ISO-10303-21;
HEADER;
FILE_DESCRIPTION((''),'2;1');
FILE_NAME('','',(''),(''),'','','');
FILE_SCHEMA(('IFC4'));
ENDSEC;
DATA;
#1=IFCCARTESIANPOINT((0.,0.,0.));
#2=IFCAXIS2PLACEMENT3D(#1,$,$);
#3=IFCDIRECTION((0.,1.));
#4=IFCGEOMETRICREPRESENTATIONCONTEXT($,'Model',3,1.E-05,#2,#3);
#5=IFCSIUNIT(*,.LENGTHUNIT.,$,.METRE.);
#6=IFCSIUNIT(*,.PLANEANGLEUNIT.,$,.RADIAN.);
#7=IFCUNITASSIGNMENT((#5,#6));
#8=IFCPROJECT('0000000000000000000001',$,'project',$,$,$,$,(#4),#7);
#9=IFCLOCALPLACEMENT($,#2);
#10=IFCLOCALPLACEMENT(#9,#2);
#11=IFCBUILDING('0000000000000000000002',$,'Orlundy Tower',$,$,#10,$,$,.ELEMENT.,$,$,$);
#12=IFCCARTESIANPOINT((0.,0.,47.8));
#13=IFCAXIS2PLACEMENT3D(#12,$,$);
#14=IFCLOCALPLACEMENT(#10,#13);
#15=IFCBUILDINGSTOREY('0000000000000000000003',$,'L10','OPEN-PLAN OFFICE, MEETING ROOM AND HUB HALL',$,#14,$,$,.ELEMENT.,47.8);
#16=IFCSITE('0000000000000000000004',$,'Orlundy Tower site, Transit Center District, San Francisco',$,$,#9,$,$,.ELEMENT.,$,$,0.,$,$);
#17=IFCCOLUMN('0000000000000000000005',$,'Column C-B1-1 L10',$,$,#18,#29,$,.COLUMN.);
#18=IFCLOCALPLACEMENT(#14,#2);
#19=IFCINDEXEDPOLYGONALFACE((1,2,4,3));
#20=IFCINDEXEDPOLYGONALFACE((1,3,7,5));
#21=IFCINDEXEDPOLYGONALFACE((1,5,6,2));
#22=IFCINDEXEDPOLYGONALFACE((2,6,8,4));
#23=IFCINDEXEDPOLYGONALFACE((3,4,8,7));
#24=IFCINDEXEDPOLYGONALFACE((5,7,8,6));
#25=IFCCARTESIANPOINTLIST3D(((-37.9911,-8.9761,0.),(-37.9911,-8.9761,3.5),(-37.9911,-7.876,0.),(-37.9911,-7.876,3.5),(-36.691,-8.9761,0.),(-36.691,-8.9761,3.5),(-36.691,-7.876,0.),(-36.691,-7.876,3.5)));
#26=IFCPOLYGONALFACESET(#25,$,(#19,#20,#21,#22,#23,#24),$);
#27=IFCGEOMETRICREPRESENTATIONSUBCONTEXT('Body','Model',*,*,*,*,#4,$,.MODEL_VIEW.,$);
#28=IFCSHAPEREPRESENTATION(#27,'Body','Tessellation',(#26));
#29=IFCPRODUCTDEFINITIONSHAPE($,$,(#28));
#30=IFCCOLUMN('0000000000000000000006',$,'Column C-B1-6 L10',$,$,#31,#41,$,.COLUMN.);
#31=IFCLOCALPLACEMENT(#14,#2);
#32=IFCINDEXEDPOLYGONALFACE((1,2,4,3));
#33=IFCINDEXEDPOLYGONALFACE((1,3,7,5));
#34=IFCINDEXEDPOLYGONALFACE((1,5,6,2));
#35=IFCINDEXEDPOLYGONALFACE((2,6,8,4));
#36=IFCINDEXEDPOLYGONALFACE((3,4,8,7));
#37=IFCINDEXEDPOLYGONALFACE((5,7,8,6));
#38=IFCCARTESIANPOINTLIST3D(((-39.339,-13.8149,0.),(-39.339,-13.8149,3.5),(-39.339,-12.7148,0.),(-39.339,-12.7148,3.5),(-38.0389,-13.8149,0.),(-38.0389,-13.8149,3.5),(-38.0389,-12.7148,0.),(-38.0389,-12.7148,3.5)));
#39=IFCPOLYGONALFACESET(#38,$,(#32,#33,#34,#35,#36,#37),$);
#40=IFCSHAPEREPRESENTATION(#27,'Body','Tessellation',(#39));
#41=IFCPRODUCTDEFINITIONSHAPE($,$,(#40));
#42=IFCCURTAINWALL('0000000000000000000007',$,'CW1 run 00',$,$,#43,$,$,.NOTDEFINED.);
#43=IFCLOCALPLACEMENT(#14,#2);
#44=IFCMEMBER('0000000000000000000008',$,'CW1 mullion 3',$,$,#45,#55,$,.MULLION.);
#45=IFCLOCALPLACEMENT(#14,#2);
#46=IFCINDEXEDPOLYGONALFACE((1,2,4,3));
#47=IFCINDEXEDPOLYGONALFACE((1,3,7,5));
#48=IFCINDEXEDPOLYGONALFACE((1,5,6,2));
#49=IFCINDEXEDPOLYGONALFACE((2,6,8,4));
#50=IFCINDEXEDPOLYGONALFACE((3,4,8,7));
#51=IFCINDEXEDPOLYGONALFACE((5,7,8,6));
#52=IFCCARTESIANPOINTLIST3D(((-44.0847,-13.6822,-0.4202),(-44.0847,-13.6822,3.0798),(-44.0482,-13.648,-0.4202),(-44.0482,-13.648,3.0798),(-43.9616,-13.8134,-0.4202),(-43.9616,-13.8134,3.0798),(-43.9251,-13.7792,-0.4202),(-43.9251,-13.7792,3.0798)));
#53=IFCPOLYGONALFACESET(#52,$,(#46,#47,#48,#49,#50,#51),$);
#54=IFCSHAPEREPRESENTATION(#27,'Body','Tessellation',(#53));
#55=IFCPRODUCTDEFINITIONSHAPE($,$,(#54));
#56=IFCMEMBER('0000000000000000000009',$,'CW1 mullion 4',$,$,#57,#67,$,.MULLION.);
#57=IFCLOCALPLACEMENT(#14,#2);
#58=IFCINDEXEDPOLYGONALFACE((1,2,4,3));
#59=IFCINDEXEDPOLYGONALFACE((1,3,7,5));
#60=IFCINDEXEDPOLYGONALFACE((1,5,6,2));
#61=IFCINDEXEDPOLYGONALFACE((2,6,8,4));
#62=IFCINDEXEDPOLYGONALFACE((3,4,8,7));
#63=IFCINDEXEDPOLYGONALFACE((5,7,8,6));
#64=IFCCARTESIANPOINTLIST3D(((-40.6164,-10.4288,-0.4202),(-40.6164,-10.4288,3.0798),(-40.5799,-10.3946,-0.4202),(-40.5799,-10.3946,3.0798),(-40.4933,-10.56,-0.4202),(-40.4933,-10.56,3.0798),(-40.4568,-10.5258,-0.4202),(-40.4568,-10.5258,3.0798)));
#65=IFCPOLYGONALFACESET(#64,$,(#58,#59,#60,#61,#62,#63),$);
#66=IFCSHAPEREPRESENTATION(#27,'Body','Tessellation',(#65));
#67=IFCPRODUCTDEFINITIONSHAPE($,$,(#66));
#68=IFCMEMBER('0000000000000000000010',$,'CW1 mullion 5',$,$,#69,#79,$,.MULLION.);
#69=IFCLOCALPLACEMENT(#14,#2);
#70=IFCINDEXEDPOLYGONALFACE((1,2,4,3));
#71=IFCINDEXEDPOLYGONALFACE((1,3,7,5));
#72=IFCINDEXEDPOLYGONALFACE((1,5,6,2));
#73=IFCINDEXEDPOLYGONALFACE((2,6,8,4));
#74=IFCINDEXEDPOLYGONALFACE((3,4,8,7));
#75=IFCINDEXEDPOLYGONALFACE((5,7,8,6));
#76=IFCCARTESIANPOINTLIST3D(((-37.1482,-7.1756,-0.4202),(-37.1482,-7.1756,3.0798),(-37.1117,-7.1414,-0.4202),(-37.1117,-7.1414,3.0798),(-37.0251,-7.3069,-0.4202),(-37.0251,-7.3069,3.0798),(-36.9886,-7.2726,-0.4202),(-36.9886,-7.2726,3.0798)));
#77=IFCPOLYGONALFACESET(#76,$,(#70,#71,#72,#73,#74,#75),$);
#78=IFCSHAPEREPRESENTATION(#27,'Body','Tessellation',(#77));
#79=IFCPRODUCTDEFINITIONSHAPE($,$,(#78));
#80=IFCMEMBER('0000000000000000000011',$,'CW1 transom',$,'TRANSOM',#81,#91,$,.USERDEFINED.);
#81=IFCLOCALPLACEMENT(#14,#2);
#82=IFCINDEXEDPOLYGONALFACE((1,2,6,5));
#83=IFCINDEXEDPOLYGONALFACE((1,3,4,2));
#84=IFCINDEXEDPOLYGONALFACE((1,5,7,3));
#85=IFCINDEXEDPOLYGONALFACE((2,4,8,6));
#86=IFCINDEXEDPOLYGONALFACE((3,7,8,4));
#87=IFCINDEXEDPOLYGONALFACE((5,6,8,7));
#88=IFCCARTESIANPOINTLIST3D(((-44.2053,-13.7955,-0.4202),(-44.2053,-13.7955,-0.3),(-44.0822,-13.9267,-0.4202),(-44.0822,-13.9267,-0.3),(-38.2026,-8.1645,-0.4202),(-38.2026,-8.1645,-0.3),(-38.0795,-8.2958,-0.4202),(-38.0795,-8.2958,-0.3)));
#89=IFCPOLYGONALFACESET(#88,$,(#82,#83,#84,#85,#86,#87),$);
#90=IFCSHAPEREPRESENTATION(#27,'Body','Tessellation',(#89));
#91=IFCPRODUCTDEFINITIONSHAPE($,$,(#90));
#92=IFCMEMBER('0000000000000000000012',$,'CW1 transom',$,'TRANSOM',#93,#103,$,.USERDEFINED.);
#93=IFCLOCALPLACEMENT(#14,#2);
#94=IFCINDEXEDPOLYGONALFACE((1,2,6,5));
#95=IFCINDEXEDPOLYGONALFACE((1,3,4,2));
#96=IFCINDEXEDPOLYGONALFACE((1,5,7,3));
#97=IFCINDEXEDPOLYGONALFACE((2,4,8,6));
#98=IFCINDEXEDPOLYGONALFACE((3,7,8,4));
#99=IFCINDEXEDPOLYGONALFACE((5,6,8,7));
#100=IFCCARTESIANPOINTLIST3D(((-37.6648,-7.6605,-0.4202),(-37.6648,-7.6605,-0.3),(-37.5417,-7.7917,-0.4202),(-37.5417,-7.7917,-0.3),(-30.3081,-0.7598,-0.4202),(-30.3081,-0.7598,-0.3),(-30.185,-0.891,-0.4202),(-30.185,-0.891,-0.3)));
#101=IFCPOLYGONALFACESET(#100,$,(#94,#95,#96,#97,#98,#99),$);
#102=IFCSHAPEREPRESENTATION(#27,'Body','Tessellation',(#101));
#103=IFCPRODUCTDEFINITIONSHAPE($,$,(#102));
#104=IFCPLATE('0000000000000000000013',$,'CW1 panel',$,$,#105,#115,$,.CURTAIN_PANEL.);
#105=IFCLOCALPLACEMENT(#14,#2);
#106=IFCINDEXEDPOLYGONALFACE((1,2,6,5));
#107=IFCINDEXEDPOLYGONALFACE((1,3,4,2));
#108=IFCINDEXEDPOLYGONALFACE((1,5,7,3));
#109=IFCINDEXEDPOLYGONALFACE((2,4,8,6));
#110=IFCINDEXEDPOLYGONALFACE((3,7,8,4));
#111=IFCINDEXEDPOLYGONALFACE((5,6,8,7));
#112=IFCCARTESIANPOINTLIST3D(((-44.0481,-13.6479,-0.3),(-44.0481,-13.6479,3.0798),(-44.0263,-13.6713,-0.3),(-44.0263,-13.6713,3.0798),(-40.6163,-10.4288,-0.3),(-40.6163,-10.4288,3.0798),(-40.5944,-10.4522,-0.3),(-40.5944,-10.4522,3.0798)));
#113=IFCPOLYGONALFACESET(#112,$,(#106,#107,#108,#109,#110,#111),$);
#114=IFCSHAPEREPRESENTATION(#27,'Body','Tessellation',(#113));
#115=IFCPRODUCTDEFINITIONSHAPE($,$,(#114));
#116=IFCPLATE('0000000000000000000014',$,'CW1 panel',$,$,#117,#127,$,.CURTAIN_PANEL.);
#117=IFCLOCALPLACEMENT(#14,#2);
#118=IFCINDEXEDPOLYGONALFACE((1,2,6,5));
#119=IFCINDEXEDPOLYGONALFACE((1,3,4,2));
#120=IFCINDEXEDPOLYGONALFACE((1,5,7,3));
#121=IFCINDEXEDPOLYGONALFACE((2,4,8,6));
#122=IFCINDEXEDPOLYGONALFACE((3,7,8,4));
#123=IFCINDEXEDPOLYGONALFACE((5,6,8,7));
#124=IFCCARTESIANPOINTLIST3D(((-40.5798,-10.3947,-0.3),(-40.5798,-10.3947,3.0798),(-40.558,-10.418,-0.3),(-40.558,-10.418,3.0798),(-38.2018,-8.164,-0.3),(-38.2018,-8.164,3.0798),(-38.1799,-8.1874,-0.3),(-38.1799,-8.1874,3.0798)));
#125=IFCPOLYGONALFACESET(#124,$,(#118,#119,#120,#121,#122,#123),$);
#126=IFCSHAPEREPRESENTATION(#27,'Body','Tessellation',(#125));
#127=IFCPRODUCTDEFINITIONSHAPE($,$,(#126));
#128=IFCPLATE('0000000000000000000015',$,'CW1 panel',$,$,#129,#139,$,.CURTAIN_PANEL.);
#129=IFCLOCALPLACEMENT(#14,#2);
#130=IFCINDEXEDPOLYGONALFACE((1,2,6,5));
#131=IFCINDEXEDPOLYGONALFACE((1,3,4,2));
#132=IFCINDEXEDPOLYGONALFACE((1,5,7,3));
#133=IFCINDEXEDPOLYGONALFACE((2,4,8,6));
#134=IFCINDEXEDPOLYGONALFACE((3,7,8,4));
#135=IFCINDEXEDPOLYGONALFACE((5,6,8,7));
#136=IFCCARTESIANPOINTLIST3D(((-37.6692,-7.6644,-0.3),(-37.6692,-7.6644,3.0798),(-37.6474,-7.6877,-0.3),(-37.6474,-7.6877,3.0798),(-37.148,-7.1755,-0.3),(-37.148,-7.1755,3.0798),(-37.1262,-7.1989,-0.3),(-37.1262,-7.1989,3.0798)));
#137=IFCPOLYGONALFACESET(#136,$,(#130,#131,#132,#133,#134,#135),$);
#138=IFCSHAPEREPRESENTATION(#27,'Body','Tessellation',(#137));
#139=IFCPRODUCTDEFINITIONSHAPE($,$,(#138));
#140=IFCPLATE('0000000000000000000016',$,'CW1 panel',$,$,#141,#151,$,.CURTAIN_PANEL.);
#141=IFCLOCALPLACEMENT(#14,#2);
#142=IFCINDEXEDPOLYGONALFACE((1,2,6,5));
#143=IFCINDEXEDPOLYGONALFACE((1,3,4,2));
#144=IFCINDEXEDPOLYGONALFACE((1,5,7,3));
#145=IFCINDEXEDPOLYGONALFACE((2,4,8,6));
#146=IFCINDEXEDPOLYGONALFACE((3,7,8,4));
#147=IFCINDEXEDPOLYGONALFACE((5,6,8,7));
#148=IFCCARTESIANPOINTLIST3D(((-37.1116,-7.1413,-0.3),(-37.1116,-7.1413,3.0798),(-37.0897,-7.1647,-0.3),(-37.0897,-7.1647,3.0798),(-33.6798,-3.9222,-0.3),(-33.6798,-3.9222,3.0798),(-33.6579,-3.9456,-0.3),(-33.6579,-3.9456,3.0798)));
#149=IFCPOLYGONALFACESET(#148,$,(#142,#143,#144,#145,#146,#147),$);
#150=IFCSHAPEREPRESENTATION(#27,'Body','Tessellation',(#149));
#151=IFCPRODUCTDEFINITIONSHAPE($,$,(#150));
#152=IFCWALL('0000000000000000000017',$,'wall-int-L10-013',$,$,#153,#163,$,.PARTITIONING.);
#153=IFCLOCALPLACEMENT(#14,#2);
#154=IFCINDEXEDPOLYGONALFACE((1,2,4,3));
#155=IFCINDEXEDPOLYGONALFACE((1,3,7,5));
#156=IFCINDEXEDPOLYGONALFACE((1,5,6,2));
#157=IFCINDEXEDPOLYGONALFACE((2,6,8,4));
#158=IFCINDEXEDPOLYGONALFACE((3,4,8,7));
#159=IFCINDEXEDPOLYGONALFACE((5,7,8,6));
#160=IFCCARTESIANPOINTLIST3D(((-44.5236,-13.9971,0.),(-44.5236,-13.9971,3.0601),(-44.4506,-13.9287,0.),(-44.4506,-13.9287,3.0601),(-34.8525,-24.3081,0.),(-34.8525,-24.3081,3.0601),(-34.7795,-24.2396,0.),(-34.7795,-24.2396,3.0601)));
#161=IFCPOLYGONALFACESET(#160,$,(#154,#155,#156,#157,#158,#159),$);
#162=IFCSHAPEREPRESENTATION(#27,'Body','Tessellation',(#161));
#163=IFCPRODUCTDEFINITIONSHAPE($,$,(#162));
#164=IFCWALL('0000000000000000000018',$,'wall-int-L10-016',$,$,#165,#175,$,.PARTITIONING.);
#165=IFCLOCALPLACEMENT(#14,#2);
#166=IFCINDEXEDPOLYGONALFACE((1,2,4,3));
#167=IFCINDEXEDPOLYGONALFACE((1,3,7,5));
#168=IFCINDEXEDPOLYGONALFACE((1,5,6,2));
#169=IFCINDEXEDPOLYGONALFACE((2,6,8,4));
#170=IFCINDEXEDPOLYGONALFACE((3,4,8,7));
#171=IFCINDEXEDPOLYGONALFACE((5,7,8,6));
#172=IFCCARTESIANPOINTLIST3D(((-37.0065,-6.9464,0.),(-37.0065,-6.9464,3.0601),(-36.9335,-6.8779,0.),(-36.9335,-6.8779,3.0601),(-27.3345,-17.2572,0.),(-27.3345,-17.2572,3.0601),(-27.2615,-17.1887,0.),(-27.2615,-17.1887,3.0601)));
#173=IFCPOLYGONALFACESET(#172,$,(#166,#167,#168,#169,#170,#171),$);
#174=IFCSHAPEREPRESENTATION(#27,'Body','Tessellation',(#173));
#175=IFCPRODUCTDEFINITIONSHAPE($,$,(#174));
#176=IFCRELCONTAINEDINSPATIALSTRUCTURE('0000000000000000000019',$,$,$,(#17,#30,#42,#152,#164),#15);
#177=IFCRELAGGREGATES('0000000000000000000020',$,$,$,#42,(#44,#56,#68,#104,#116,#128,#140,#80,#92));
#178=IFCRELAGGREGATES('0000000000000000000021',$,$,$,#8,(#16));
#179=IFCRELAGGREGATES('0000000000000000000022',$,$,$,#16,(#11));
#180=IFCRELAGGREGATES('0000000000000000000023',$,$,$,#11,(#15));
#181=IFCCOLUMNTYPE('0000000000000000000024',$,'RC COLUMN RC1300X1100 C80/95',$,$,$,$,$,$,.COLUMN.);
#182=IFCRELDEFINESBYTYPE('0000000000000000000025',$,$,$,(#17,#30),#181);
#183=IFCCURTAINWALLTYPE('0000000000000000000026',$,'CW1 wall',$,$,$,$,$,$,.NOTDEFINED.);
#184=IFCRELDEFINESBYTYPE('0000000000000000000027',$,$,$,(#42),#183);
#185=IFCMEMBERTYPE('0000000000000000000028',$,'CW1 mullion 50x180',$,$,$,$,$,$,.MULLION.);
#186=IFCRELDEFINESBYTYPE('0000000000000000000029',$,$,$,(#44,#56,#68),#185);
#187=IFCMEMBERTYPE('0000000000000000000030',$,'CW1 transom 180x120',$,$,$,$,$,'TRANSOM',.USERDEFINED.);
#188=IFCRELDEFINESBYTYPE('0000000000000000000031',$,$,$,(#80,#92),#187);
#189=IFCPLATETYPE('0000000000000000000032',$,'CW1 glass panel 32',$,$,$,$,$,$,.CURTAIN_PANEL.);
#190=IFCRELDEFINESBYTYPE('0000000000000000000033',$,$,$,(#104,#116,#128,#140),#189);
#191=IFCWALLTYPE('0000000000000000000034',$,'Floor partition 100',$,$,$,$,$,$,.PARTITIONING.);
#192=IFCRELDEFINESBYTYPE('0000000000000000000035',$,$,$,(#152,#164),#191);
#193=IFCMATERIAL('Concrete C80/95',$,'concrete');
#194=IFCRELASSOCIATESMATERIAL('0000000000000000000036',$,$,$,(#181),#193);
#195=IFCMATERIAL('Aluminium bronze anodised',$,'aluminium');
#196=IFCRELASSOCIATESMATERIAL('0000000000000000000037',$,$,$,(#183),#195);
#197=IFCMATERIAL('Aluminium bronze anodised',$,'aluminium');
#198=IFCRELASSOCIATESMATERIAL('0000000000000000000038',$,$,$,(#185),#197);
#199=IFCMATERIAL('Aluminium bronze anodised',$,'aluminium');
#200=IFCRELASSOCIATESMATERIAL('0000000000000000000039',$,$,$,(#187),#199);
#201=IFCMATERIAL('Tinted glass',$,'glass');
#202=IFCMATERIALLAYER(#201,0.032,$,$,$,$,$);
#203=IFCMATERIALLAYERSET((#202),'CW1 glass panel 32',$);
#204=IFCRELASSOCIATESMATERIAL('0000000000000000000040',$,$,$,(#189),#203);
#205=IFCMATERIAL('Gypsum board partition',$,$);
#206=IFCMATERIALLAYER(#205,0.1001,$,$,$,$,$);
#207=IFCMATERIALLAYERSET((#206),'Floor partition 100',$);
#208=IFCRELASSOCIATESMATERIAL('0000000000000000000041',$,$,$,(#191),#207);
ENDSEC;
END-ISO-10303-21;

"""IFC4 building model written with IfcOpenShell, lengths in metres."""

from ifc_helpers import new_model, si_unit, direction, frame, frame_2d, origin, origin_2d, place, context, subcontext, project, spatial, rectangle, extrude, material, layer, layer_set, material_profile, profile_set, type_object, element, aggregate, save


model = new_model("IFC4")

# Units and contexts
model_context = context("Model", 3, precision=1e-05, world=origin(), true_north=direction((0.0, 1.0)))
body_context = subcontext(model_context, "Body", "Model", "MODEL_VIEW")
ifc_project = project(units=[si_unit("LENGTHUNIT", "METRE"), si_unit("PLANEANGLEUNIT", "RADIAN")], contexts=[model_context])

# Site, building, storey
site_placement = place(None, origin())
site = spatial("IfcSite", under=ifc_project, at=site_placement, Name="Orlundy Tower site, Transit Center District, San Francisco", CompositionType="ELEMENT", RefElevation=0.0)
building_placement = place(site_placement, origin())
building = spatial("IfcBuilding", under=site, at=building_placement, Name="Orlundy Tower", CompositionType="ELEMENT")
storey_placement = place(building_placement, frame((0.0, 0.0, 47.8)))
storey = spatial("IfcBuildingStorey", under=building, at=storey_placement, Name="L10", Description="OPEN-PLAN OFFICE, MEETING ROOM AND HUB HALL", CompositionType="ELEMENT", Elevation=47.8)

# Columns
ifc_material_1 = material(Name="Concrete C80/95", Category="concrete")
ifc_material_profile_1 = material_profile(ifc_material_1, rectangle(XDim=1.3, YDim=1.1001, at=origin_2d()), Name="RC1300X1100")
ifc_profile_set_1 = profile_set([ifc_material_profile_1], Name="Concrete C80/95")
column_type = type_object("IfcColumnType", Name="RC COLUMN RC1300X1100 C80/95", PredefinedType="COLUMN", material=ifc_profile_set_1)
for number, where, z_axis, x_axis, name in (
    (1, (-37.3411, -8.426, 0.0), (0.0, 0.0, 1.0), (1.0, 0.0, 0.0), "Column C-B1-1 L10"),
    (2, (-38.689, -13.2649, 0.0), (0.0, 0.0, 1.0), (1.0, 0.0, 0.0), "Column C-B1-6 L10"),
):
    element("IfcColumn", number, at=place(storey_placement, frame(where, z_axis=z_axis, x_axis=x_axis)), inside=storey, type_object=column_type, Name=name, PredefinedType="COLUMN", context=body_context, shape_type="SweptSolid", body=[
        extrude(rectangle(XDim=1.3, YDim=1.1001, at=origin_2d()), origin(), (0.0, 0.0, 1.0), 3.5),
    ])

# Curtain wall, members, plates
ifc_material_2 = material(Name="Aluminium bronze anodised", Category="aluminium")
curtain_wall_type = type_object("IfcCurtainWallType", Name="CW1 wall", PredefinedType="NOTDEFINED", material=ifc_material_2)
curtain_wall_placement = place(storey_placement, origin())
curtain_wall = element("IfcCurtainWall", 3, at=curtain_wall_placement, inside=storey, type_object=curtain_wall_type, Name="CW1 run 00", PredefinedType="NOTDEFINED")
ifc_material_3 = material(Name="Aluminium bronze anodised", Category="aluminium")
ifc_material_profile_2 = material_profile(ifc_material_3, rectangle(XDim=0.1799, YDim=0.05, at=origin_2d()), Name="CW1 mullion 50x180")
ifc_profile_set_2 = profile_set([ifc_material_profile_2], Name="Aluminium bronze anodised")
member_type_1 = type_object("IfcMemberType", Name="CW1 mullion 50x180", PredefinedType="MULLION", material=ifc_profile_set_2)
member_1_placement = place(storey_placement, frame((-44.0049, -13.7307, -0.4202), z_axis=(0.0, 0.0, 1.0), x_axis=(-0.684139, 0.729351, 0.0)))
member_1 = element("IfcMember", 4, at=member_1_placement, type_object=member_type_1, Name="CW1 mullion 3", PredefinedType="MULLION", context=body_context, shape_type="SweptSolid", body=[
    extrude(rectangle(XDim=0.1799, YDim=0.05, at=origin_2d()), origin(), (0.0, 0.0, 1.0), 3.5),
])
member_2_placement = place(storey_placement, frame((-40.5366, -10.4773, -0.4202), z_axis=(0.0, 0.0, 1.0), x_axis=(-0.684139, 0.729351, 0.0)))
member_2 = element("IfcMember", 5, at=member_2_placement, type_object=member_type_1, Name="CW1 mullion 4", PredefinedType="MULLION", context=body_context, shape_type="SweptSolid", body=[
    extrude(rectangle(XDim=0.1799, YDim=0.05, at=origin_2d()), origin(), (0.0, 0.0, 1.0), 3.5),
])
member_3_placement = place(storey_placement, frame((-37.0684, -7.2241, -0.4202), z_axis=(0.0, 0.0, 1.0), x_axis=(-0.684139, 0.729351, 0.0)))
member_3 = element("IfcMember", 6, at=member_3_placement, type_object=member_type_1, Name="CW1 mullion 5", PredefinedType="MULLION", context=body_context, shape_type="SweptSolid", body=[
    extrude(rectangle(XDim=0.1799, YDim=0.05, at=origin_2d()), origin(), (0.0, 0.0, 1.0), 3.5),
])
ifc_material_4 = material(Name="Aluminium bronze anodised", Category="aluminium")
ifc_material_profile_3 = material_profile(ifc_material_4, rectangle(XDim=0.1799, YDim=0.1201, at=origin_2d()), Name="CW1 transom 180x120")
ifc_profile_set_3 = profile_set([ifc_material_profile_3], Name="Aluminium bronze anodised")
member_type_2 = type_object("IfcMemberType", Name="CW1 transom 180x120", ElementType="TRANSOM", PredefinedType="USERDEFINED", material=ifc_profile_set_3)
member_4_placement = place(storey_placement, frame((-44.1438, -13.8611, -0.3601), z_axis=(0.729335, 0.684157, 0.0), x_axis=(-0.684157, 0.729335, 0.0)))
member_4 = element("IfcMember", 7, at=member_4_placement, type_object=member_type_2, Name="CW1 transom", ObjectType="TRANSOM", PredefinedType="USERDEFINED", context=body_context, shape_type="SweptSolid", body=[
    extrude(rectangle(XDim=0.1799, YDim=0.1201, at=origin_2d()), origin(), (0.0, 0.0, 1.0), 8.2305),
])
member_5_placement = place(storey_placement, frame((-37.6033, -7.7261, -0.3601), z_axis=(0.729352, 0.684138, 0.0), x_axis=(-0.684138, 0.729352, 0.0)))
member_5 = element("IfcMember", 8, at=member_5_placement, type_object=member_type_2, Name="CW1 transom", ObjectType="TRANSOM", PredefinedType="USERDEFINED", context=body_context, shape_type="SweptSolid", body=[
    extrude(rectangle(XDim=0.1799, YDim=0.1201, at=origin_2d()), origin(), (0.0, 0.0, 1.0), 10.0867),
])
ifc_material_5 = material(Name="Tinted glass", Category="glass")
ifc_layer_1 = layer(ifc_material_5, 0.032)
ifc_layer_set_1 = layer_set([ifc_layer_1], Name="CW1 glass panel 32")
plate_type = type_object("IfcPlateType", Name="CW1 glass panel 32", PredefinedType="CURTAIN_PANEL", material=ifc_layer_set_1)
plate_1_placement = place(storey_placement, frame((-42.3213, -12.05, -0.3), z_axis=(0.0, 0.0, 1.0), x_axis=(0.729351, 0.684139, 0.0)))
plate_1 = element("IfcPlate", 9, at=plate_1_placement, type_object=plate_type, Name="CW1 panel", PredefinedType="CURTAIN_PANEL", context=body_context, shape_type="SweptSolid", body=[
    extrude(rectangle(XDim=4.7053, YDim=0.032, at=origin_2d()), origin(), (0.0, 0.0, 1.0), 3.3799),
])
plate_2_placement = place(storey_placement, frame((-39.3799, -9.291, -0.3), z_axis=(0.0, 0.0, 1.0), x_axis=(0.729351, 0.684139, 0.0)))
plate_2 = element("IfcPlate", 10, at=plate_2_placement, type_object=plate_type, Name="CW1 panel", PredefinedType="CURTAIN_PANEL", context=body_context, shape_type="SweptSolid", body=[
    extrude(rectangle(XDim=3.2605, YDim=0.032, at=origin_2d()), origin(), (0.0, 0.0, 1.0), 3.3799),
])
plate_3_placement = place(storey_placement, frame((-37.3977, -7.4316, -0.3), z_axis=(0.0, 0.0, 1.0), x_axis=(0.729351, 0.684139, 0.0)))
plate_3 = element("IfcPlate", 11, at=plate_3_placement, type_object=plate_type, Name="CW1 panel", PredefinedType="CURTAIN_PANEL", context=body_context, shape_type="SweptSolid", body=[
    extrude(rectangle(XDim=0.7146, YDim=0.032, at=origin_2d()), origin(), (0.0, 0.0, 1.0), 3.3799),
])
plate_4_placement = place(storey_placement, frame((-35.3848, -5.5435, -0.3), z_axis=(0.0, 0.0, 1.0), x_axis=(0.729351, 0.684139, 0.0)))
plate_4 = element("IfcPlate", 12, at=plate_4_placement, type_object=plate_type, Name="CW1 panel", PredefinedType="CURTAIN_PANEL", context=body_context, shape_type="SweptSolid", body=[
    extrude(rectangle(XDim=4.7053, YDim=0.032, at=origin_2d()), origin(), (0.0, 0.0, 1.0), 3.3799),
])
aggregate(curtain_wall, [member_1, member_2, member_3, plate_1, plate_2, plate_3, plate_4, member_4, member_5])

# Walls
ifc_material_6 = material(Name="Gypsum board partition")
ifc_layer_2 = layer(ifc_material_6, 0.1001)
ifc_layer_set_2 = layer_set([ifc_layer_2], Name="Floor partition 100")
wall_type = type_object("IfcWallType", Name="Floor partition 100", PredefinedType="PARTITIONING", material=ifc_layer_set_2)
wall_1_placement = place(storey_placement, frame((-44.4871, -13.9629, 0.0), z_axis=(0.0, 0.0, 1.0), x_axis=(0.684112, -0.729377, 0.0)))
element("IfcWall", 13, at=wall_1_placement, inside=storey, type_object=wall_type, Name="wall-int-L10-013", PredefinedType="PARTITIONING", context=body_context, shape_type="SweptSolid", body=[
    extrude(rectangle(XDim=14.1367, YDim=0.1001, at=frame_2d((7.0684, 0.0))), origin(), (0.0, 0.0, 1.0), 3.0601),
])
wall_2_placement = place(storey_placement, frame((-36.97, -6.9121, 0.0), z_axis=(0.0, 0.0, 1.0), x_axis=(0.684148, -0.729343, 0.0)))
element("IfcWall", 14, at=wall_2_placement, inside=storey, type_object=wall_type, Name="wall-int-L10-016", PredefinedType="PARTITIONING", context=body_context, shape_type="SweptSolid", body=[
    extrude(rectangle(XDim=14.1372, YDim=0.1001, at=frame_2d((7.0686, 0.0))), origin(), (0.0, 0.0, 1.0), 3.0601),
])

save(model, "model.ifc")
